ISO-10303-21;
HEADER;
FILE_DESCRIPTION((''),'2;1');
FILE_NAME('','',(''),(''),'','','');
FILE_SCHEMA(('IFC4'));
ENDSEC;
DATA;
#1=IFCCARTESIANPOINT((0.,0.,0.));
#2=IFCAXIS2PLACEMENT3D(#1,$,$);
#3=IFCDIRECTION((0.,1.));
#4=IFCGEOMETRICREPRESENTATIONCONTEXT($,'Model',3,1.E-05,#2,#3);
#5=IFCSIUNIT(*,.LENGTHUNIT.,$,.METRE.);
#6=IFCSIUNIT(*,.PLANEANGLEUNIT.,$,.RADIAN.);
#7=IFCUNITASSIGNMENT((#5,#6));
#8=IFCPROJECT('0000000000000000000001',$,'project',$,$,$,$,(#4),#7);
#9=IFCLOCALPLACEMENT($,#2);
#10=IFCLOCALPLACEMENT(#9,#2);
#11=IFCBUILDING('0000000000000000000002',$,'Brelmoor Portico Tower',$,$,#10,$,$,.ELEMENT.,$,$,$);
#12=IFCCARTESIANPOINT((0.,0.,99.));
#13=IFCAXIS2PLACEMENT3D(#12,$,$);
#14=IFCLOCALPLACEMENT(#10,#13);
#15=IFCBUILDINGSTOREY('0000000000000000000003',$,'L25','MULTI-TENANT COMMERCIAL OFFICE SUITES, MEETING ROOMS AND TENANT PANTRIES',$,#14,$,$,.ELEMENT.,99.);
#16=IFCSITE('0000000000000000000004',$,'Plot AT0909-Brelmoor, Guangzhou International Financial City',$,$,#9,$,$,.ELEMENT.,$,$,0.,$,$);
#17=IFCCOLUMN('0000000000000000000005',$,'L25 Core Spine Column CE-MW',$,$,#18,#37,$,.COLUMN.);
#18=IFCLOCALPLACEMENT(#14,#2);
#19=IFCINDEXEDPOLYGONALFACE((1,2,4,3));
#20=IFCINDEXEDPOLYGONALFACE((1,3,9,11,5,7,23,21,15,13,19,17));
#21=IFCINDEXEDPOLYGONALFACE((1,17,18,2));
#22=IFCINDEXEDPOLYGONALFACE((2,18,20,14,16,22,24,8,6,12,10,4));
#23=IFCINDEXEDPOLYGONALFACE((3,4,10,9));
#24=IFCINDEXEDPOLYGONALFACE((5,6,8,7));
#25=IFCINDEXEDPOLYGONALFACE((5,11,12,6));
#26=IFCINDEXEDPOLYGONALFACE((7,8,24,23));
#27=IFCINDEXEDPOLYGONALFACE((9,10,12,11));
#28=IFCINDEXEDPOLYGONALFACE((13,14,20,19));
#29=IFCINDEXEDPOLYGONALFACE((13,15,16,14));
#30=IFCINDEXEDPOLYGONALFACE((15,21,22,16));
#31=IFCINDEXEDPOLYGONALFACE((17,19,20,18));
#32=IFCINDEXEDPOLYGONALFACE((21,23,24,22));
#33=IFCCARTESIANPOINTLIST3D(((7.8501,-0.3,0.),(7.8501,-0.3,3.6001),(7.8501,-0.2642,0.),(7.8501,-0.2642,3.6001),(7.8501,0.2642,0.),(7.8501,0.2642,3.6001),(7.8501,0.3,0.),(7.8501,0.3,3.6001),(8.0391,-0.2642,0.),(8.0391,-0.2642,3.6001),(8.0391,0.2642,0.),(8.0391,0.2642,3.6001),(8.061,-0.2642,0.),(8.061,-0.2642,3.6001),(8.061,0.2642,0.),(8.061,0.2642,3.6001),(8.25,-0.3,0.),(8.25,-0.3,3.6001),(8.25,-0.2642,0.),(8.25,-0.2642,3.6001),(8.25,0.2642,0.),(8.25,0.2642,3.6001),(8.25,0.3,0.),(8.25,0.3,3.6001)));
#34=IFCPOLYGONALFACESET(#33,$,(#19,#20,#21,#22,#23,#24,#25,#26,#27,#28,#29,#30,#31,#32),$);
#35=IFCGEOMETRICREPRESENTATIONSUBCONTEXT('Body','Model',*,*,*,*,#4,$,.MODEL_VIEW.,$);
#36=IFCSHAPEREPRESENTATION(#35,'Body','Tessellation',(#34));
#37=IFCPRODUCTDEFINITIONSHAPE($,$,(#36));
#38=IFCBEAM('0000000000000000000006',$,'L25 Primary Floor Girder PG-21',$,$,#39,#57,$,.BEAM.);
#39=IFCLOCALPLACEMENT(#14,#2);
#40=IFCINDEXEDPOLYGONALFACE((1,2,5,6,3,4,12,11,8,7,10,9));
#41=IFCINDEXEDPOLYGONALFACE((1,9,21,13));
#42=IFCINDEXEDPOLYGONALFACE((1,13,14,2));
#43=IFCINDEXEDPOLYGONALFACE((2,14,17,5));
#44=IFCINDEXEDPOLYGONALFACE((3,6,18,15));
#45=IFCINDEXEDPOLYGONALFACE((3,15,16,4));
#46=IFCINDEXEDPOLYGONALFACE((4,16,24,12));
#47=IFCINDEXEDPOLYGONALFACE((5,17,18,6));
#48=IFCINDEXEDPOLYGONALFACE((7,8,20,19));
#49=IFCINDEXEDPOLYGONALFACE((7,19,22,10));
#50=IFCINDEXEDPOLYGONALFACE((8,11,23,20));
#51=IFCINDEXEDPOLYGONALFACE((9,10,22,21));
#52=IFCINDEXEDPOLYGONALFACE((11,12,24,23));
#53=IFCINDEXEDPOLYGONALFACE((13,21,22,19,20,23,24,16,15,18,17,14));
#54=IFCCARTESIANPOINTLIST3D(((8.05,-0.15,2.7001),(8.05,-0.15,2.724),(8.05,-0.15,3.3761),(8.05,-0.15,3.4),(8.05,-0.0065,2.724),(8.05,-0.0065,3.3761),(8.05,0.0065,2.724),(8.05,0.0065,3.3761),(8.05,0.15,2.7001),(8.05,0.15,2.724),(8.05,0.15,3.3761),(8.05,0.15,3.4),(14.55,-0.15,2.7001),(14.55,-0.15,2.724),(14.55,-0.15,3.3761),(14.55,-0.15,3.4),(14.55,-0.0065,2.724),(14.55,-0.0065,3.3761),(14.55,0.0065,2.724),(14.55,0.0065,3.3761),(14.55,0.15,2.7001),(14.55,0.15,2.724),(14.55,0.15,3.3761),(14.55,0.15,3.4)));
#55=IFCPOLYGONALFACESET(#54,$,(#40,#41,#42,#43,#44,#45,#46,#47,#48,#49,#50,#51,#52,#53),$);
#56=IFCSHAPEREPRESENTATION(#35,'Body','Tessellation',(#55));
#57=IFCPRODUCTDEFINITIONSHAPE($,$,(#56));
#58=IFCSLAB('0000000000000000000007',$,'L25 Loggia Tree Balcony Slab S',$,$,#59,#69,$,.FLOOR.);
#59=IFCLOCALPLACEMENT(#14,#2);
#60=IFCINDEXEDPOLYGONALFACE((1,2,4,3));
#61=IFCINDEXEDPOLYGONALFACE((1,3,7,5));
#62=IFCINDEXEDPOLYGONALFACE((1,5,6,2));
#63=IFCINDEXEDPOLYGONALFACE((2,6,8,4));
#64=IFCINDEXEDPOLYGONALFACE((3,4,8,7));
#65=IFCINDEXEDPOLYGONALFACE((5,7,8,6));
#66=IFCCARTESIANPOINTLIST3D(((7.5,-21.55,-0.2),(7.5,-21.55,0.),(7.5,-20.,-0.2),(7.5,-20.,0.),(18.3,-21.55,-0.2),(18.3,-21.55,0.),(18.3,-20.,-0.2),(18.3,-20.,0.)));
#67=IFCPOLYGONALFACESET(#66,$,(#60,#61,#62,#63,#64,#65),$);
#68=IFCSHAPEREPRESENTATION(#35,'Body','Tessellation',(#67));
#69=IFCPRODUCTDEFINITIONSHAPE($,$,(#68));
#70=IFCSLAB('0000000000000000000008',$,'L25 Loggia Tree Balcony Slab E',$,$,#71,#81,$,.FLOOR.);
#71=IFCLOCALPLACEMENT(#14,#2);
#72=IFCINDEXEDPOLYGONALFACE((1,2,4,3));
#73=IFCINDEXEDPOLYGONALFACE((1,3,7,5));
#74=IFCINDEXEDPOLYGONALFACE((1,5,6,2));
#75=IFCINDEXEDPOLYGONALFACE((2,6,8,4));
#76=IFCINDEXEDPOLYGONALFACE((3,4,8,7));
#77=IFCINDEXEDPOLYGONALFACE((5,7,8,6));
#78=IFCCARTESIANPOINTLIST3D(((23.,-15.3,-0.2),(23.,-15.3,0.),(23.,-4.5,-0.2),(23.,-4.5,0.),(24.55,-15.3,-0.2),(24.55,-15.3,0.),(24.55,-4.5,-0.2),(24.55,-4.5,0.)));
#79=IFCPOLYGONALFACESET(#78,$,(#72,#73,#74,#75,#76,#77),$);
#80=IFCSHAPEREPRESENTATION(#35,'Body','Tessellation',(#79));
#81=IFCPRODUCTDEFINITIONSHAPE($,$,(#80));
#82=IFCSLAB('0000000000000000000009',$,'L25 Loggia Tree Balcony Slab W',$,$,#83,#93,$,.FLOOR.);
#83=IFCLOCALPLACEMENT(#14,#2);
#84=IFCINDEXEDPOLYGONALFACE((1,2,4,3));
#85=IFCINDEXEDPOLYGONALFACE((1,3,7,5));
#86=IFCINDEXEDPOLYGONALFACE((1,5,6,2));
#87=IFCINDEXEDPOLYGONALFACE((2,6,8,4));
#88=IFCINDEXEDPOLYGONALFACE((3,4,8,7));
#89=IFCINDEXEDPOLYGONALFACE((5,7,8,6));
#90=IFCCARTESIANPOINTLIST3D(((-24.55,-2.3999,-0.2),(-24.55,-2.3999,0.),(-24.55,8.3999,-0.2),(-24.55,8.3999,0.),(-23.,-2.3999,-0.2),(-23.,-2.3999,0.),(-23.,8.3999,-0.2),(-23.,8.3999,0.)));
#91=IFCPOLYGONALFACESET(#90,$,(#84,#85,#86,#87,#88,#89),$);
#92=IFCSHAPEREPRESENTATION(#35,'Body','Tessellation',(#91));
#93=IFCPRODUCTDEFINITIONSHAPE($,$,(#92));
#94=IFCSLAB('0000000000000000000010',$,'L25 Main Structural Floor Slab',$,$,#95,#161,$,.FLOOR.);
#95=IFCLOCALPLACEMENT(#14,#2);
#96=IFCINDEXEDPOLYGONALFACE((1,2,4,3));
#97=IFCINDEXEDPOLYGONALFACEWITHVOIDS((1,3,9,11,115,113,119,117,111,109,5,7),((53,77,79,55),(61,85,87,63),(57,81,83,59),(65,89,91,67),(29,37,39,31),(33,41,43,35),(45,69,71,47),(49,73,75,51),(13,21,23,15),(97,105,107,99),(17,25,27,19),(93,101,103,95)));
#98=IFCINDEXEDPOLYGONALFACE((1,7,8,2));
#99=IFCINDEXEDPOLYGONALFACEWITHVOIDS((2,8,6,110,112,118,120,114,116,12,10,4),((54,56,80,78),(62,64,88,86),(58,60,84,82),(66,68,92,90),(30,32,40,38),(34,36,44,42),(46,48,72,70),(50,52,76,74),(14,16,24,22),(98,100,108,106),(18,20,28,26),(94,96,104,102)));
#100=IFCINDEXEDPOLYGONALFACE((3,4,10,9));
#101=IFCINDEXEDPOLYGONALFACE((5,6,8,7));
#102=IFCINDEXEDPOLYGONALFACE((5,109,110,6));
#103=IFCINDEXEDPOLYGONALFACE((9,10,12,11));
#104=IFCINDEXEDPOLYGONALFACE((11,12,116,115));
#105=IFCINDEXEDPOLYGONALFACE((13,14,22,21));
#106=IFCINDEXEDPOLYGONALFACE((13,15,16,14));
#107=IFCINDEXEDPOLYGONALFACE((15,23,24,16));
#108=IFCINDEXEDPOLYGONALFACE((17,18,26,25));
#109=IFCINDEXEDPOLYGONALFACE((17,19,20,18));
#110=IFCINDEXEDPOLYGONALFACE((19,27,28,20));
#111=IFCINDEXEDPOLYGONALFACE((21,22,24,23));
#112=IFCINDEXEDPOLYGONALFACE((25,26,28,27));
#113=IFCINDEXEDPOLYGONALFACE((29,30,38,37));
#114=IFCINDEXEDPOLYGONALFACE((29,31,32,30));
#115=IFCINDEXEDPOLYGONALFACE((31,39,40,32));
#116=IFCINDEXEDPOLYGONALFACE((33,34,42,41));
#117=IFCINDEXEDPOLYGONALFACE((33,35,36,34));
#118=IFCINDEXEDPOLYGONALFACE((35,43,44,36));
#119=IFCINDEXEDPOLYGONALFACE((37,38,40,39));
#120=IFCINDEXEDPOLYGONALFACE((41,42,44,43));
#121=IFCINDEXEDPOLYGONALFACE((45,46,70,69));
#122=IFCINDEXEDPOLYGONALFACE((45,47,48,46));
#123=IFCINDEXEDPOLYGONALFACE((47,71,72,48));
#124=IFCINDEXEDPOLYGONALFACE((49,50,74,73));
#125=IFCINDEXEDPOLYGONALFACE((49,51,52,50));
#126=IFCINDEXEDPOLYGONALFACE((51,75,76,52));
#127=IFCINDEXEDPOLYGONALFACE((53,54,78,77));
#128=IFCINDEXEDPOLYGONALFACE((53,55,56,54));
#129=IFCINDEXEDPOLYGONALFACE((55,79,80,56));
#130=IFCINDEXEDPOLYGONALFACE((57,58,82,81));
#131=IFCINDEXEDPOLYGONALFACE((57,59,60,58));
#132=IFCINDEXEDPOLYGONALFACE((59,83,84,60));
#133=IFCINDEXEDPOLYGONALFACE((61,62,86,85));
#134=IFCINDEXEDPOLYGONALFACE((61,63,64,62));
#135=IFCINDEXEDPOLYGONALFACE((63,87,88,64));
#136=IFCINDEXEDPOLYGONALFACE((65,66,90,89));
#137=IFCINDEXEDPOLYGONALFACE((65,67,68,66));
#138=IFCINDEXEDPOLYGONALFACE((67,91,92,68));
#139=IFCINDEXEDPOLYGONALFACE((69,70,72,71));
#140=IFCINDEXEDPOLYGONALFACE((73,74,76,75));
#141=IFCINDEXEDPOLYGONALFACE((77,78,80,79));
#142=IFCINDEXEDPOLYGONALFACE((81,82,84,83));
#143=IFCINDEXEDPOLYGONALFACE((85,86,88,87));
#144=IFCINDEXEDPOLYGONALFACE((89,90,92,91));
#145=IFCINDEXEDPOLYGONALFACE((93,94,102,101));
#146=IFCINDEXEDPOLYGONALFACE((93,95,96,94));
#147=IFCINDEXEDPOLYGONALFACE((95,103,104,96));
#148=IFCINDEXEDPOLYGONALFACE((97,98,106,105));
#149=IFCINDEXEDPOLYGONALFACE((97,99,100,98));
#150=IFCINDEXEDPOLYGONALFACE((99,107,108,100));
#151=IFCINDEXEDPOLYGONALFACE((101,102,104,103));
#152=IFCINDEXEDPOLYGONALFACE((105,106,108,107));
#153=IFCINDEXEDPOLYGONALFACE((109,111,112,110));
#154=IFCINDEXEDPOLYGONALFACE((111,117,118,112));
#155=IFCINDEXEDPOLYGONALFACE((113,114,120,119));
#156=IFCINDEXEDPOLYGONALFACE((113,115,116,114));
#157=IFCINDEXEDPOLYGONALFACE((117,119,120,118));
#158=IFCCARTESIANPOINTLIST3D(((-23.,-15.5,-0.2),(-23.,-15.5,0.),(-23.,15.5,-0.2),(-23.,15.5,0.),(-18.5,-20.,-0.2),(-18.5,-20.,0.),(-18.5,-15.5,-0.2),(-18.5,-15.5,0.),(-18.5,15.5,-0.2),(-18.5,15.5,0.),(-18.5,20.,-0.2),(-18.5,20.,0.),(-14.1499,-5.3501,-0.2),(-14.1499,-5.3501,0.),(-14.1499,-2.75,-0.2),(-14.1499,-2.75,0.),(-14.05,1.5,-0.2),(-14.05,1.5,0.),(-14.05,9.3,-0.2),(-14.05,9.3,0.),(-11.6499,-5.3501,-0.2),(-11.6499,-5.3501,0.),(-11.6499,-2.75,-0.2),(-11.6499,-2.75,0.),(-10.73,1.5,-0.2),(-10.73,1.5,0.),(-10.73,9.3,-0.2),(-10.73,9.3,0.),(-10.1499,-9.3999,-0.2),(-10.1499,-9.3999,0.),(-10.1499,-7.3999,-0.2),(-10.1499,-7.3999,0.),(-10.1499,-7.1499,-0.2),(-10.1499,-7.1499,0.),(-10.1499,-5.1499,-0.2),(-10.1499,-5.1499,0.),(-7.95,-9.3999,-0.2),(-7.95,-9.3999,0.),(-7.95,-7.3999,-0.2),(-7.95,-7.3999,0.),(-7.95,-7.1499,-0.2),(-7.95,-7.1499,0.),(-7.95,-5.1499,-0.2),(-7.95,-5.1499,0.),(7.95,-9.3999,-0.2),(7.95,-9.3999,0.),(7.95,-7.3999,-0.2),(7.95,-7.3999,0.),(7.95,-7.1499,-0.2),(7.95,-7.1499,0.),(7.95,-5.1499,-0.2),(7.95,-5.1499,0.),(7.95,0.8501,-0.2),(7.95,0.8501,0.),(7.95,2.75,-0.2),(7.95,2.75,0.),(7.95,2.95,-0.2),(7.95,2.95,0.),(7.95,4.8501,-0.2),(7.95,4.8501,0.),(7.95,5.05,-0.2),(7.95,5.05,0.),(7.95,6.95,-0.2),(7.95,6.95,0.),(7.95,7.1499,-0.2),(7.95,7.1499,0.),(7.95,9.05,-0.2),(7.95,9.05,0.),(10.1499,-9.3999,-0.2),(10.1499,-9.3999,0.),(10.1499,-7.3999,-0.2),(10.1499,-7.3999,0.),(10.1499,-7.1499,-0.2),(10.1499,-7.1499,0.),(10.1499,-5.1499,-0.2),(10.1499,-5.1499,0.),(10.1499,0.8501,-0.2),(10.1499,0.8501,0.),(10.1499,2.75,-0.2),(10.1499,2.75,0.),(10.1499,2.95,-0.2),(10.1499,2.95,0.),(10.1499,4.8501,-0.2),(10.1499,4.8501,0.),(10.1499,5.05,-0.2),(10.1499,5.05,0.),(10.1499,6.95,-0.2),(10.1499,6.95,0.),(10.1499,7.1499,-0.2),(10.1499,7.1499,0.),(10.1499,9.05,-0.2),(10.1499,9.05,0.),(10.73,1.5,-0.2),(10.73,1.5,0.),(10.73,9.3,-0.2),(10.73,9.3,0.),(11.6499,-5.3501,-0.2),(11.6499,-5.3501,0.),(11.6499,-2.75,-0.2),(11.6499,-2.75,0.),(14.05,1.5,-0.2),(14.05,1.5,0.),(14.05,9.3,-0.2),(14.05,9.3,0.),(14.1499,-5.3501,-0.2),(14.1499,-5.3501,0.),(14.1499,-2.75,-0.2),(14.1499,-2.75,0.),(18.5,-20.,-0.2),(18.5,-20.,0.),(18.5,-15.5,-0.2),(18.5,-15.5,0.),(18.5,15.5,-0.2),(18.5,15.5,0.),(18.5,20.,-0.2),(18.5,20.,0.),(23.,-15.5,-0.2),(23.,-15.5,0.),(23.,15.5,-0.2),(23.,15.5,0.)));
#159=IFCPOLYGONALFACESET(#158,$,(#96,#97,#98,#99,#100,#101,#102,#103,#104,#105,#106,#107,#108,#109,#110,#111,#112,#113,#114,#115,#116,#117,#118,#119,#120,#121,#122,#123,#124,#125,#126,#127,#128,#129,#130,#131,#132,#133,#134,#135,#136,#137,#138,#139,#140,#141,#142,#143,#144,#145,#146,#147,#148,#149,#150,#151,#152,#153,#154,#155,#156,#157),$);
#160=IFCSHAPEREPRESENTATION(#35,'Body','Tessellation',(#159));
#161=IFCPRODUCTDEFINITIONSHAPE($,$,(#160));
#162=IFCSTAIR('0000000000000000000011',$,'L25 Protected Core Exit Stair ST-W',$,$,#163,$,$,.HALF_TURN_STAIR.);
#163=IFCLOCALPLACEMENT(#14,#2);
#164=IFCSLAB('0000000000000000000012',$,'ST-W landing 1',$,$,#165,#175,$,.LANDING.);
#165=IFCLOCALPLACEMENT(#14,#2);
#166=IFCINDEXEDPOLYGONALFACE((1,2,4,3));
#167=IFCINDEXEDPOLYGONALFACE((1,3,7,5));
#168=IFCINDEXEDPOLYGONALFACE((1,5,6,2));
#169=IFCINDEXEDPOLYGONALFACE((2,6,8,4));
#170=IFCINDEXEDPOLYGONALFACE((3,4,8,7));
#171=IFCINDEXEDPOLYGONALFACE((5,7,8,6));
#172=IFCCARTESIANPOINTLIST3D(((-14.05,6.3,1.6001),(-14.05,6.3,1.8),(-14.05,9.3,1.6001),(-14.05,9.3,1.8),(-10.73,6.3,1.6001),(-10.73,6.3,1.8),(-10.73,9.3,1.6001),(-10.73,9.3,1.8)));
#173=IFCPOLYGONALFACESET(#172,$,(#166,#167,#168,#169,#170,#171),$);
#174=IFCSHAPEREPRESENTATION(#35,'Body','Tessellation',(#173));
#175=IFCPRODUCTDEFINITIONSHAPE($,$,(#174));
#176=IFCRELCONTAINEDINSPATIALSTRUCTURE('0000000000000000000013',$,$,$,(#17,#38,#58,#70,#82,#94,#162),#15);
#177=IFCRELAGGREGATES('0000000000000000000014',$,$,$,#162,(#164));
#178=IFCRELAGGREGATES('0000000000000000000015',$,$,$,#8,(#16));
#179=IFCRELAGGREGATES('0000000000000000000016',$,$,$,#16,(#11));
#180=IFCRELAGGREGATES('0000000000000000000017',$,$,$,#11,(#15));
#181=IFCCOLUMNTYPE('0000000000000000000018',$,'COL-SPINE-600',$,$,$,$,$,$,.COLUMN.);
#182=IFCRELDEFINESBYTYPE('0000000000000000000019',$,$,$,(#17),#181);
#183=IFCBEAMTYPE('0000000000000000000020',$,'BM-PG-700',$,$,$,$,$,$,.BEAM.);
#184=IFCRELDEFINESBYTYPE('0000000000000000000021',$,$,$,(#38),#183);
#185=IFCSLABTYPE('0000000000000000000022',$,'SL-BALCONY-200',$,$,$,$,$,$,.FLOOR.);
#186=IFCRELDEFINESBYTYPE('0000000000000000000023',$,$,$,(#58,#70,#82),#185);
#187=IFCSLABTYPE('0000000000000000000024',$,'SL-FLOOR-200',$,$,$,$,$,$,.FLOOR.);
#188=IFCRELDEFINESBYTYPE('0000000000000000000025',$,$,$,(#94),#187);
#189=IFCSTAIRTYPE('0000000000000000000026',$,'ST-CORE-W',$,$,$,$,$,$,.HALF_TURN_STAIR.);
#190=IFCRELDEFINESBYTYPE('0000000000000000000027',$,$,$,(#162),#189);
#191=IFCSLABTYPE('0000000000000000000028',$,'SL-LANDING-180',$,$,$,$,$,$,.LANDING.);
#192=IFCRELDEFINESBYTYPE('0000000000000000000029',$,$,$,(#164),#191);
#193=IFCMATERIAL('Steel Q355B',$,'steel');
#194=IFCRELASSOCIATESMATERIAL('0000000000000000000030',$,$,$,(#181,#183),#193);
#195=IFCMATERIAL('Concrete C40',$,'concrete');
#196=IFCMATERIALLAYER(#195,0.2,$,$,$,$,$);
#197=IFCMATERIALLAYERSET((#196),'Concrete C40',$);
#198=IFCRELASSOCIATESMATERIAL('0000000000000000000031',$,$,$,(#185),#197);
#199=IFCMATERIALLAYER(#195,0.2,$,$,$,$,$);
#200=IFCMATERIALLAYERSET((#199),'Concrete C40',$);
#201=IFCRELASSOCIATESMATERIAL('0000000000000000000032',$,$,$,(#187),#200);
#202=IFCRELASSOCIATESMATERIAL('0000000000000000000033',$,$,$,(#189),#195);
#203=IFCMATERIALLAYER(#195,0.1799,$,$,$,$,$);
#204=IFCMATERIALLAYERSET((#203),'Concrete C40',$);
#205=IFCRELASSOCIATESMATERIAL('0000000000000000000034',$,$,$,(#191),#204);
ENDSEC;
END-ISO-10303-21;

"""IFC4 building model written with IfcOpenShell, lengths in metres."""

from ifc_helpers import new_model, si_unit, direction, frame, origin, origin_2d, place, context, subcontext, project, spatial, polyline, i_section, outline, extrude, material, layer, layer_set, material_profile, profile_set, type_object, element, aggregate, save


model = new_model("IFC4")

# Units and contexts
model_context = context("Model", 3, precision=1e-05, world=origin(), true_north=direction((0.0, 1.0)))
body_context = subcontext(model_context, "Body", "Model", "MODEL_VIEW")
ifc_project = project(units=[si_unit("LENGTHUNIT", "METRE"), si_unit("PLANEANGLEUNIT", "RADIAN")], contexts=[model_context])

# Site, building, storey
site_placement = place(None, origin())
site = spatial("IfcSite", under=ifc_project, at=site_placement, Name="Plot AT0909-Brelmoor, Guangzhou International Financial City", CompositionType="ELEMENT", RefElevation=0.0)
building_placement = place(site_placement, origin())
building = spatial("IfcBuilding", under=site, at=building_placement, Name="Brelmoor Portico Tower", CompositionType="ELEMENT")
storey_placement = place(building_placement, frame((0.0, 0.0, 99.0)))
storey = spatial("IfcBuildingStorey", under=building, at=storey_placement, Name="L25", Description="MULTI-TENANT COMMERCIAL OFFICE SUITES, MEETING ROOMS AND TENANT PANTRIES", CompositionType="ELEMENT", Elevation=99.0)

# Column
ifc_material_1 = material(Name="Steel Q355B", Category="steel")
ifc_material_profile_1 = material_profile(ifc_material_1, i_section(OverallWidth=0.3999, OverallDepth=0.6001, WebThickness=0.022, FlangeThickness=0.0359, at=origin_2d()), Name="HW 600x400x22x36")
ifc_profile_set_1 = profile_set([ifc_material_profile_1], Name="Steel Q355B")
column_type = type_object("IfcColumnType", Name="COL-SPINE-600", PredefinedType="COLUMN", material=ifc_profile_set_1)
column_placement = place(storey_placement, frame((8.05, 0.0, 0.0), z_axis=(0.0, 0.0, 1.0), x_axis=(1.0, 0.0, 0.0)))
element("IfcColumn", 1, at=column_placement, inside=storey, type_object=column_type, Name="L25 Core Spine Column CE-MW", PredefinedType="COLUMN", context=body_context, shape_type="SweptSolid", body=[
    extrude(i_section(OverallWidth=0.3999, OverallDepth=0.6001, WebThickness=0.022, FlangeThickness=0.0359, at=origin_2d()), origin(), (0.0, 0.0, 1.0), 3.6001),
])

# Beam
ifc_material_profile_2 = material_profile(ifc_material_1, i_section(OverallWidth=0.3, OverallDepth=0.7, WebThickness=0.0129, FlangeThickness=0.0239, at=origin_2d()), Name="HN 700x300x13x24")
ifc_profile_set_2 = profile_set([ifc_material_profile_2], Name="Steel Q355B")
beam_type = type_object("IfcBeamType", Name="BM-PG-700", PredefinedType="BEAM", material=ifc_profile_set_2)
beam_placement = place(storey_placement, frame((8.05, 0.0, 3.05), z_axis=(1.0, 0.0, 0.0), x_axis=(0.0, 1.0, 0.0)))
element("IfcBeam", 2, at=beam_placement, inside=storey, type_object=beam_type, Name="L25 Primary Floor Girder PG-21", PredefinedType="BEAM", context=body_context, shape_type="SweptSolid", body=[
    extrude(i_section(OverallWidth=0.3, OverallDepth=0.7, WebThickness=0.0129, FlangeThickness=0.0239, at=origin_2d()), origin(), (0.0, 0.0, 1.0), 6.5),
])

# Slabs
ifc_material_2 = material(Name="Concrete C40", Category="concrete")
ifc_layer_1 = layer(ifc_material_2, 0.2)
ifc_layer_set_1 = layer_set([ifc_layer_1], Name="Concrete C40")
slab_type_1 = type_object("IfcSlabType", Name="SL-BALCONY-200", PredefinedType="FLOOR", material=ifc_layer_set_1)
slab_1_placement = place(storey_placement, frame((0.0, 0.0, -0.2)))
element("IfcSlab", 3, at=slab_1_placement, inside=storey, type_object=slab_type_1, Name="L25 Loggia Tree Balcony Slab S", PredefinedType="FLOOR", context=body_context, shape_type="SweptSolid", body=[
    extrude(outline(polyline([(7.5, -21.55), (18.3, -21.55), (18.3, -20.0), (7.5, -20.0), (7.5, -21.55)])), origin(), (0.0, 0.0, 1.0), 0.2),
])
slab_2_placement = place(storey_placement, frame((0.0, 0.0, -0.2)))
element("IfcSlab", 4, at=slab_2_placement, inside=storey, type_object=slab_type_1, Name="L25 Loggia Tree Balcony Slab E", PredefinedType="FLOOR", context=body_context, shape_type="SweptSolid", body=[
    extrude(outline(polyline([(23.0, -15.3), (24.55, -15.3), (24.55, -4.5), (23.0, -4.5), (23.0, -15.3)])), origin(), (0.0, 0.0, 1.0), 0.2),
])
slab_3_placement = place(storey_placement, frame((0.0, 0.0, -0.2)))
element("IfcSlab", 5, at=slab_3_placement, inside=storey, type_object=slab_type_1, Name="L25 Loggia Tree Balcony Slab W", PredefinedType="FLOOR", context=body_context, shape_type="SweptSolid", body=[
    extrude(outline(polyline([(-24.55, -2.3999), (-23.0, -2.3999), (-23.0, 8.3999), (-24.55, 8.3999), (-24.55, -2.3999)])), origin(), (0.0, 0.0, 1.0), 0.2),
])
ifc_layer_2 = layer(ifc_material_2, 0.2)
ifc_layer_set_2 = layer_set([ifc_layer_2], Name="Concrete C40")
slab_type_2 = type_object("IfcSlabType", Name="SL-FLOOR-200", PredefinedType="FLOOR", material=ifc_layer_set_2)
slab_4_placement = place(storey_placement, frame((0.0, 0.0, -0.2)))
element("IfcSlab", 6, at=slab_4_placement, inside=storey, type_object=slab_type_2, Name="L25 Main Structural Floor Slab", PredefinedType="FLOOR", context=body_context, shape_type="SweptSolid", body=[
    extrude(outline(polyline([(-18.5, -20.0), (18.5, -20.0), (18.5, -15.5), (23.0, -15.5), (23.0, 15.5), (18.5, 15.5), (18.5, 20.0), (-18.5, 20.0), (-18.5, 15.5), (-23.0, 15.5), (-23.0, -15.5), (-18.5, -15.5), (-18.5, -20.0)]), holes=[polyline([(-10.73, 1.5), (-10.73, 9.3), (-14.05, 9.3), (-14.05, 1.5), (-10.73, 1.5)]), polyline([(14.05, 1.5), (14.05, 9.3), (10.73, 9.3), (10.73, 1.5), (14.05, 1.5)]), polyline([(7.95, 0.8501), (10.1499, 0.8501), (10.1499, 2.75), (7.95, 2.75), (7.95, 0.8501)]), polyline([(7.95, 2.95), (10.1499, 2.95), (10.1499, 4.8501), (7.95, 4.8501), (7.95, 2.95)]), polyline([(7.95, 5.05), (10.1499, 5.05), (10.1499, 6.95), (7.95, 6.95), (7.95, 5.05)]), polyline([(7.95, 7.1499), (10.1499, 7.1499), (10.1499, 9.05), (7.95, 9.05), (7.95, 7.1499)]), polyline([(-10.1499, -9.3999), (-7.95, -9.3999), (-7.95, -7.3999), (-10.1499, -7.3999), (-10.1499, -9.3999)]), polyline([(-10.1499, -7.1499), (-7.95, -7.1499), (-7.95, -5.1499), (-10.1499, -5.1499), (-10.1499, -7.1499)]), polyline([(7.95, -9.3999), (10.1499, -9.3999), (10.1499, -7.3999), (7.95, -7.3999), (7.95, -9.3999)]), polyline([(7.95, -7.1499), (10.1499, -7.1499), (10.1499, -5.1499), (7.95, -5.1499), (7.95, -7.1499)]), polyline([(-14.1499, -5.3501), (-11.6499, -5.3501), (-11.6499, -2.75), (-14.1499, -2.75), (-14.1499, -5.3501)]), polyline([(11.6499, -5.3501), (14.1499, -5.3501), (14.1499, -2.75), (11.6499, -2.75), (11.6499, -5.3501)])]), origin(), (0.0, 0.0, 1.0), 0.2),
])

# Stair, slab
stair_type_1 = type_object("IfcStairType", Name="ST-CORE-W", PredefinedType="HALF_TURN_STAIR", material=ifc_material_2)
stair_1_placement = place(storey_placement, origin())
stair_1 = element("IfcStair", 7, at=stair_1_placement, inside=storey, type_object=stair_type_1, Name="L25 Protected Core Exit Stair ST-W", PredefinedType="HALF_TURN_STAIR")
ifc_layer_3 = layer(ifc_material_2, 0.1799)
ifc_layer_set_3 = layer_set([ifc_layer_3], Name="Concrete C40")
slab_type_3 = type_object("IfcSlabType", Name="SL-LANDING-180", PredefinedType="LANDING", material=ifc_layer_set_3)
slab_5_placement = place(storey_placement, frame((0.0, 0.0, 1.6001)))
slab_5 = element("IfcSlab", 8, at=slab_5_placement, type_object=slab_type_3, Name="ST-W landing 1", PredefinedType="LANDING", context=body_context, shape_type="SweptSolid", body=[
    extrude(outline(polyline([(-10.73, 6.3), (-10.73, 9.3), (-14.05, 9.3), (-14.05, 6.3), (-10.73, 6.3)])), origin(), (0.0, 0.0, 1.0), 0.2),
])
aggregate(stair_1, [slab_5])

save(model, "model.ifc")
